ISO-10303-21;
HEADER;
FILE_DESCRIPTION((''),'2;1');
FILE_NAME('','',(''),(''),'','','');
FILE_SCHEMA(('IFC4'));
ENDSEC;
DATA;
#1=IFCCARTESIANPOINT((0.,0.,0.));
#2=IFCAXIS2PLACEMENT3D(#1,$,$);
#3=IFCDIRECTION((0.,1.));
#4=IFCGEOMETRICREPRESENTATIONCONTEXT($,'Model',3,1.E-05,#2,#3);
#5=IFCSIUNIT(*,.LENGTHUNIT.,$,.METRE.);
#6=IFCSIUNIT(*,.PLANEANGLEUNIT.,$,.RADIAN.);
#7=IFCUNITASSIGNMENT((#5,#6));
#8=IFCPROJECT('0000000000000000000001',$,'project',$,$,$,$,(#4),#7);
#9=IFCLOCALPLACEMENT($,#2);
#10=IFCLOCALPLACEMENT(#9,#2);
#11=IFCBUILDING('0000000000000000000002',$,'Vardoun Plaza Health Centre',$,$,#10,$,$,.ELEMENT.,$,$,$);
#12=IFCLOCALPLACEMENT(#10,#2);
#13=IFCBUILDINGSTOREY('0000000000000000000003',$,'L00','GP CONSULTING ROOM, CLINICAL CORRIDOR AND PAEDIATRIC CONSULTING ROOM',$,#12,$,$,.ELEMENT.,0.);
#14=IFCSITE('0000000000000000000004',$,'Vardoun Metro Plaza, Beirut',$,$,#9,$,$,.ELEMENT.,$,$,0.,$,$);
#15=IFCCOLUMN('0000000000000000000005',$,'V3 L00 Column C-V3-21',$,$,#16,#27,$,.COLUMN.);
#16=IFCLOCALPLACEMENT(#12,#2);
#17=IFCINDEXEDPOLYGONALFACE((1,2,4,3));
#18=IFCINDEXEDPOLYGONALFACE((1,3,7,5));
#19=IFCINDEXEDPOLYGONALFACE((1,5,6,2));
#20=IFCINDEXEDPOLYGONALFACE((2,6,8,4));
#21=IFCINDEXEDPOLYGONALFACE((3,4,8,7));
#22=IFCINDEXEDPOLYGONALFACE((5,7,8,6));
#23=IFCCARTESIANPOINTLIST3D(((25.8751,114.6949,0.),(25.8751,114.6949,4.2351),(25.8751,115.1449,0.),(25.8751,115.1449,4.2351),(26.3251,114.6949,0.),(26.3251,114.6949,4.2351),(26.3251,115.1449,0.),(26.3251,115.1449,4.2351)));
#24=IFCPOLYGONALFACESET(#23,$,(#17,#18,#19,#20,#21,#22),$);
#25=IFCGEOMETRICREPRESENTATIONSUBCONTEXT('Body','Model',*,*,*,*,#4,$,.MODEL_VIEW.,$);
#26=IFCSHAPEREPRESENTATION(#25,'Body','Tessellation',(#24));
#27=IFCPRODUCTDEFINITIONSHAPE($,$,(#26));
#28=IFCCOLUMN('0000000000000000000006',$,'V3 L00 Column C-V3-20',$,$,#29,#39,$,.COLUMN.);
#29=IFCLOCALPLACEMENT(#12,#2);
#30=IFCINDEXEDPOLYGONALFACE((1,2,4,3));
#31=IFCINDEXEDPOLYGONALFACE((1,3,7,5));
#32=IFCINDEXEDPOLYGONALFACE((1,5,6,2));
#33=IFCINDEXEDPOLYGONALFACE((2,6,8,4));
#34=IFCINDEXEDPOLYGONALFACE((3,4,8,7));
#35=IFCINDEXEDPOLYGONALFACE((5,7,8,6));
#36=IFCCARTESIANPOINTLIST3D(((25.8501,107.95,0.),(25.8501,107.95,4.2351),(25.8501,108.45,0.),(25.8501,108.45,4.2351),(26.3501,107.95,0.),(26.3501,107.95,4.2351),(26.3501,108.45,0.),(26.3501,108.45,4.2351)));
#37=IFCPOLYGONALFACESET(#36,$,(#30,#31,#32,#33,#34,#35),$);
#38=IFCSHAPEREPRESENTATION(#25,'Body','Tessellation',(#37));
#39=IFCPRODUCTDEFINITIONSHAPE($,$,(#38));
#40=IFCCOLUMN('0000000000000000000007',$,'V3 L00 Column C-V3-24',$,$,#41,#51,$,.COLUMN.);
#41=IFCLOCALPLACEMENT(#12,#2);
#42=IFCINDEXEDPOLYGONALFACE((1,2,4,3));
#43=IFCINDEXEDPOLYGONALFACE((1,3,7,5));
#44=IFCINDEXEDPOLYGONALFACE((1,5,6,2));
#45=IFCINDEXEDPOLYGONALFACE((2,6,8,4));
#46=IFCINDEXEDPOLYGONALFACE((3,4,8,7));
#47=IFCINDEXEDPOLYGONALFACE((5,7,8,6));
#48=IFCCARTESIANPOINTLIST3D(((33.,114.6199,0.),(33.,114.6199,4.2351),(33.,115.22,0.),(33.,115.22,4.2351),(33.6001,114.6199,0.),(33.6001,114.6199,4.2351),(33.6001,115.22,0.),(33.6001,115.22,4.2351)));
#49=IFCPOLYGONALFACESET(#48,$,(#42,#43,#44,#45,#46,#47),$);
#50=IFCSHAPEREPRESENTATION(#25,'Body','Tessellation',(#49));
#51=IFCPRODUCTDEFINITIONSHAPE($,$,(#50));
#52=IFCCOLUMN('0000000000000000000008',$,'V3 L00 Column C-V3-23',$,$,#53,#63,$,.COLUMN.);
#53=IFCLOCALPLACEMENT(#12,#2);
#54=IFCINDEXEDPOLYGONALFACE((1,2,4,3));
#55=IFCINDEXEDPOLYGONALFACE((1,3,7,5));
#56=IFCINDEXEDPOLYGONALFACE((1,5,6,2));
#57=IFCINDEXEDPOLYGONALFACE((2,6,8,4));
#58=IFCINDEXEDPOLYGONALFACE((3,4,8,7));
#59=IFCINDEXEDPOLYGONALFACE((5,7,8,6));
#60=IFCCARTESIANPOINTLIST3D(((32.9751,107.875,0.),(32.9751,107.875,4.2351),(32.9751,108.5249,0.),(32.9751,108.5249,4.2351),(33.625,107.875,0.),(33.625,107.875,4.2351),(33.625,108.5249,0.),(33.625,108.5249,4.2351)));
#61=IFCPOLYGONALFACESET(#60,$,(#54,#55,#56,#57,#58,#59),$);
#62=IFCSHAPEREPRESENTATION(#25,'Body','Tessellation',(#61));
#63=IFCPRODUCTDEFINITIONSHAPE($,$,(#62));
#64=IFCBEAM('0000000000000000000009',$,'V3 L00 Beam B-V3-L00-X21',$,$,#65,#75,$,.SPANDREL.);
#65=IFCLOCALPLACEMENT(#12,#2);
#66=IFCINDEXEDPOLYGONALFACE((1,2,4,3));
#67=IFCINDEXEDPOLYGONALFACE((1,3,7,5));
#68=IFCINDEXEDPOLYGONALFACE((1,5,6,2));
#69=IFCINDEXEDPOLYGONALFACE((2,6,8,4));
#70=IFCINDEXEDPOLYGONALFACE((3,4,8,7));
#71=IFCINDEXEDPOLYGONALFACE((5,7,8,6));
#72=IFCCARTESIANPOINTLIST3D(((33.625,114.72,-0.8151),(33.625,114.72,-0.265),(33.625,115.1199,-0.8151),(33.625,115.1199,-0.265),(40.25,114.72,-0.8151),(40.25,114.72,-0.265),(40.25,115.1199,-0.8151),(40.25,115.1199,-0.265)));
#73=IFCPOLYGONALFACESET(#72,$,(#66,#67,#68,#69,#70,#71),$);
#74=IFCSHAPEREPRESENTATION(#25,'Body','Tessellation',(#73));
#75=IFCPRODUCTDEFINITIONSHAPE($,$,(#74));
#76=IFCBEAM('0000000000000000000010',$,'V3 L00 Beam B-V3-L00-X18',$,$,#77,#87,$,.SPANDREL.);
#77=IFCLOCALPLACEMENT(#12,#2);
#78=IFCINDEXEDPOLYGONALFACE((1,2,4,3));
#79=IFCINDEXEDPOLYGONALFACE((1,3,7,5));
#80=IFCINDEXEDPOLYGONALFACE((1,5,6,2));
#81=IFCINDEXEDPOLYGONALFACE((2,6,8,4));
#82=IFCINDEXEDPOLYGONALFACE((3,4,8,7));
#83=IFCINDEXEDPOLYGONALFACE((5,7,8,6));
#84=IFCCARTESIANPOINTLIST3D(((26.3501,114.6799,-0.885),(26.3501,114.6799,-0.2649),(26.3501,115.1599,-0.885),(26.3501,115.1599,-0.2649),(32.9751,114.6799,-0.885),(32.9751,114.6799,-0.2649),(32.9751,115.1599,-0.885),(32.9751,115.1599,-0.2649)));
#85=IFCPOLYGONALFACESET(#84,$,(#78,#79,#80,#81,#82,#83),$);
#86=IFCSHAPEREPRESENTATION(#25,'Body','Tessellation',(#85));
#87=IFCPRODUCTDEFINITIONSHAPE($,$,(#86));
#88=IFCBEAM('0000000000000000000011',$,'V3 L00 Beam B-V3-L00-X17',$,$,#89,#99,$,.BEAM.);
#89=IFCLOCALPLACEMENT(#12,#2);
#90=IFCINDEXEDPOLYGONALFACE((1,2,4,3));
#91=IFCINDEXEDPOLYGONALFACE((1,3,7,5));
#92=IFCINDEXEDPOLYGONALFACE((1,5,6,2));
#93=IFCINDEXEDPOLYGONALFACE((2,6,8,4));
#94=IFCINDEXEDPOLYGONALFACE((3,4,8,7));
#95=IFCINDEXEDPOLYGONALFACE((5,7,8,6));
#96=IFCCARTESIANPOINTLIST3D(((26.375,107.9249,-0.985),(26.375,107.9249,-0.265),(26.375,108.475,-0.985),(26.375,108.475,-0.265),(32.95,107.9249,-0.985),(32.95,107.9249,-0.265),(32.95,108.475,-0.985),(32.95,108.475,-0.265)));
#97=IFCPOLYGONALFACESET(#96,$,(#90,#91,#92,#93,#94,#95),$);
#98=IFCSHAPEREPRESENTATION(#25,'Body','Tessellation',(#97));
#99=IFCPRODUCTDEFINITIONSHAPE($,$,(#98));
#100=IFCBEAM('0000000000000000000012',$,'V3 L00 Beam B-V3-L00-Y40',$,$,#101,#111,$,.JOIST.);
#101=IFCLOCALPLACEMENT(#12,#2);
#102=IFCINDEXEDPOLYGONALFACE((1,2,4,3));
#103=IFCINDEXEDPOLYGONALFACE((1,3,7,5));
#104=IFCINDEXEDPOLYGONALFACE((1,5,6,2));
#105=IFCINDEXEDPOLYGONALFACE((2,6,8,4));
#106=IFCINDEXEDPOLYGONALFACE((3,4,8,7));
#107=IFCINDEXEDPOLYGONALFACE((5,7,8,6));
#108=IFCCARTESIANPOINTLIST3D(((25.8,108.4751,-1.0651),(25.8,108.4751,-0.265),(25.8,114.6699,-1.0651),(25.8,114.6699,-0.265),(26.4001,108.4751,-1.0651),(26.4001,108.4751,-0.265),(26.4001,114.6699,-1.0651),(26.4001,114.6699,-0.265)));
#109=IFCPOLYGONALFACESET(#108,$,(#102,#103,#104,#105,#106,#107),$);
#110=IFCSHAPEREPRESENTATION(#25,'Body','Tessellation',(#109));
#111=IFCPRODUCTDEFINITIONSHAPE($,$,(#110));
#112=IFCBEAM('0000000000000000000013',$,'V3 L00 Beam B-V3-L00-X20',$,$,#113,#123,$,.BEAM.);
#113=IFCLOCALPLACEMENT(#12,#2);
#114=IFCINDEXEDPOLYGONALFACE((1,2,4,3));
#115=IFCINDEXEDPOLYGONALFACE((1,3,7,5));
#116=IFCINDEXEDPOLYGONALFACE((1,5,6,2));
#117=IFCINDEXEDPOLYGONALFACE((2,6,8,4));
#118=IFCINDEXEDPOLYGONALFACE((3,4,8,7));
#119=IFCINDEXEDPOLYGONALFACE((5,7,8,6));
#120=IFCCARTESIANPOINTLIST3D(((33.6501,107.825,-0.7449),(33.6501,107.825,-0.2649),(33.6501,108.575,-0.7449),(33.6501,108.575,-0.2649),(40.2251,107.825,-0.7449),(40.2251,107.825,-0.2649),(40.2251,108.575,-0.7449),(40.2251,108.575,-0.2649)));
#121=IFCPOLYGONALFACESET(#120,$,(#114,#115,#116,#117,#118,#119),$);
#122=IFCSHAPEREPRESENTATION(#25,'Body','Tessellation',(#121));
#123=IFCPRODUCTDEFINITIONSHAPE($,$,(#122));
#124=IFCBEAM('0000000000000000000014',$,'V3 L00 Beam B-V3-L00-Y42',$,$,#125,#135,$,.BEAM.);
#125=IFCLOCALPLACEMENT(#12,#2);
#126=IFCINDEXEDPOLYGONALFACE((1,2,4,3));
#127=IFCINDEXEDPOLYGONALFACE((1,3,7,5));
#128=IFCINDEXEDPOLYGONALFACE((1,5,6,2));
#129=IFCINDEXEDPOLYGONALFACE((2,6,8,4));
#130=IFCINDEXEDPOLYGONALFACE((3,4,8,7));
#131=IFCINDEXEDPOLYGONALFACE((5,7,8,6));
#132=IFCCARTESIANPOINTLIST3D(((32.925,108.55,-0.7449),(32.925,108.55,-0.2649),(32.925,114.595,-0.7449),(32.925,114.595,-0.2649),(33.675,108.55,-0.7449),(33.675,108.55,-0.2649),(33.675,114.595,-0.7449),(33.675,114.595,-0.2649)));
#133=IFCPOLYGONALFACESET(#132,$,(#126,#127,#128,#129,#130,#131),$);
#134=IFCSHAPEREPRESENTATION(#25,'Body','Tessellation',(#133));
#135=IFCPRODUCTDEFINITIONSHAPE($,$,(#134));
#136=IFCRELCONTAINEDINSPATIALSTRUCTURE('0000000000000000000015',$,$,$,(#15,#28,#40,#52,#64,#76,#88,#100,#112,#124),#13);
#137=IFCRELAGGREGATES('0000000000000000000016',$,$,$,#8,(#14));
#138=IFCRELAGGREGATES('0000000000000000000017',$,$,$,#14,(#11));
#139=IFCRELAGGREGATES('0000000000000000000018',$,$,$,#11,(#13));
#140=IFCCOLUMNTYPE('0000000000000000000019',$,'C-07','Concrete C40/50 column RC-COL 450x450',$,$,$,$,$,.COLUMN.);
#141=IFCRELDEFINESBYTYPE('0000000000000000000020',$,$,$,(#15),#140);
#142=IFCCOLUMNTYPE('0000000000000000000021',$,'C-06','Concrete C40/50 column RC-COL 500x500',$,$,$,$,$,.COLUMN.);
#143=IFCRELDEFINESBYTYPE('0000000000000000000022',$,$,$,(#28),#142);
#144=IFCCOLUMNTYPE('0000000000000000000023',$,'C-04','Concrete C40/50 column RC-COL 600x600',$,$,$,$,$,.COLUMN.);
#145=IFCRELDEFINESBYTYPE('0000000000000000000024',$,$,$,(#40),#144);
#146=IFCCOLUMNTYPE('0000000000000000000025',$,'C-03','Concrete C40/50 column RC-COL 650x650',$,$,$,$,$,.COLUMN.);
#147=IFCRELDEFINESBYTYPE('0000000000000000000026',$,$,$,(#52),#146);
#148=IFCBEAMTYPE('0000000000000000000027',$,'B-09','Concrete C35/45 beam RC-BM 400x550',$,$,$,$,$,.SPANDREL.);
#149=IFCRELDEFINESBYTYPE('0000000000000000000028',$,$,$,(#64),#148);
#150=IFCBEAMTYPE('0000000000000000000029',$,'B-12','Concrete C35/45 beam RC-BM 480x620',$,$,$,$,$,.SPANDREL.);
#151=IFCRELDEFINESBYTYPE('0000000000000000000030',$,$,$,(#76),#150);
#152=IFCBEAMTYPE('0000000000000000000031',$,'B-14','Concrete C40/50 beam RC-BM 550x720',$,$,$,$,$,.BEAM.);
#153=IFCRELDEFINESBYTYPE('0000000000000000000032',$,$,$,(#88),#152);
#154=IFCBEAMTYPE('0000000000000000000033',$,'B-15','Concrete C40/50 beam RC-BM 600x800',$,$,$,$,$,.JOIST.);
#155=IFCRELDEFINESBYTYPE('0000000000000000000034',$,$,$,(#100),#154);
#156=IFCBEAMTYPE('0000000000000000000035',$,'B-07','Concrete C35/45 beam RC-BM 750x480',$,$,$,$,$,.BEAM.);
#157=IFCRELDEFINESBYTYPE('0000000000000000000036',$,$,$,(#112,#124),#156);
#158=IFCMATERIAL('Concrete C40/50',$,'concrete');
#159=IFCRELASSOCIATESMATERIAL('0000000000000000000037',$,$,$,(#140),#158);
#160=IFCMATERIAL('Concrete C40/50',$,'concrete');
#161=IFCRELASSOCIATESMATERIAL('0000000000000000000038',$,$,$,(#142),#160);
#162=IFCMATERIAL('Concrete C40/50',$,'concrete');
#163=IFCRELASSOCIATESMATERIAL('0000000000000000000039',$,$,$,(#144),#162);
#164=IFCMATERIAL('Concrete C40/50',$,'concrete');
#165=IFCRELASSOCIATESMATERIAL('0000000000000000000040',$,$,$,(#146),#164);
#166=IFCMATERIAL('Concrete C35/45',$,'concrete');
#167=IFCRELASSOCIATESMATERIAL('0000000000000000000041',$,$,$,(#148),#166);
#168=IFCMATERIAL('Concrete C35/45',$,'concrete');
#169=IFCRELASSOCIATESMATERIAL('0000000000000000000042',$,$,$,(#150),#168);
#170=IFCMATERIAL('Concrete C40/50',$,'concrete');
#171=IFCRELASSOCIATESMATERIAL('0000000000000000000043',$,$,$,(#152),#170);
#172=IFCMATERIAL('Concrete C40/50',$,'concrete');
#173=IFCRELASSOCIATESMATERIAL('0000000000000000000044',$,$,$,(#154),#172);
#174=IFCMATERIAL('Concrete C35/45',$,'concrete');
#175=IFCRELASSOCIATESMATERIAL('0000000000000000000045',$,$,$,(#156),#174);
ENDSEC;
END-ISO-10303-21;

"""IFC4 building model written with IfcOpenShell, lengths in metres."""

from ifc_helpers import new_model, si_unit, direction, frame, origin, origin_2d, place, context, subcontext, project, spatial, rectangle, extrude, material, material_profile, profile_set, type_object, element, save


model = new_model("IFC4")

# Units and contexts
model_context = context("Model", 3, precision=1e-05, world=origin(), true_north=direction((0.0, 1.0)))
body_context = subcontext(model_context, "Body", "Model", "MODEL_VIEW")
ifc_project = project(units=[si_unit("LENGTHUNIT", "METRE"), si_unit("PLANEANGLEUNIT", "RADIAN")], contexts=[model_context])

# Site, building, storey
site_placement = place(None, origin())
site = spatial("IfcSite", under=ifc_project, at=site_placement, Name="Vardoun Metro Plaza, Beirut", CompositionType="ELEMENT", RefElevation=0.0)
building_placement = place(site_placement, origin())
building = spatial("IfcBuilding", under=site, at=building_placement, Name="Vardoun Plaza Health Centre", CompositionType="ELEMENT")
storey_placement = place(building_placement, origin())
storey = spatial("IfcBuildingStorey", under=building, at=storey_placement, Name="L00", Description="GP CONSULTING ROOM, CLINICAL CORRIDOR AND PAEDIATRIC CONSULTING ROOM", CompositionType="ELEMENT", Elevation=0.0)

# Columns
ifc_material_1 = material(Name="Concrete C40/50", Category="concrete")
ifc_material_profile_1 = material_profile(ifc_material_1, rectangle(XDim=0.45, YDim=0.45, at=origin_2d()), Name="RC-COL 450x450")
ifc_profile_set_1 = profile_set([ifc_material_profile_1], Name="Concrete C40/50")
column_type_1 = type_object("IfcColumnType", Name="C-07", Description="Concrete C40/50 column RC-COL 450x450", PredefinedType="COLUMN", material=ifc_profile_set_1)
column_1_placement = place(storey_placement, frame((26.1001, 114.9199, 0.0), z_axis=(0.0, 0.0, 1.0), x_axis=(1.0, 0.0, 0.0)))
element("IfcColumn", 1, at=column_1_placement, inside=storey, type_object=column_type_1, Name="V3 L00 Column C-V3-21", PredefinedType="COLUMN", context=body_context, shape_type="SweptSolid", body=[
    extrude(rectangle(XDim=0.45, YDim=0.45, at=origin_2d()), origin(), (0.0, 0.0, 1.0), 4.2351),
])
ifc_material_2 = material(Name="Concrete C40/50", Category="concrete")
ifc_material_profile_2 = material_profile(ifc_material_2, rectangle(XDim=0.5, YDim=0.5, at=origin_2d()), Name="RC-COL 500x500")
ifc_profile_set_2 = profile_set([ifc_material_profile_2], Name="Concrete C40/50")
column_type_2 = type_object("IfcColumnType", Name="C-06", Description="Concrete C40/50 column RC-COL 500x500", PredefinedType="COLUMN", material=ifc_profile_set_2)
column_2_placement = place(storey_placement, frame((26.1001, 108.2, 0.0), z_axis=(0.0, 0.0, 1.0), x_axis=(1.0, 0.0, 0.0)))
element("IfcColumn", 2, at=column_2_placement, inside=storey, type_object=column_type_2, Name="V3 L00 Column C-V3-20", PredefinedType="COLUMN", context=body_context, shape_type="SweptSolid", body=[
    extrude(rectangle(XDim=0.5, YDim=0.5, at=origin_2d()), origin(), (0.0, 0.0, 1.0), 4.2351),
])
ifc_material_3 = material(Name="Concrete C40/50", Category="concrete")
ifc_material_profile_3 = material_profile(ifc_material_3, rectangle(XDim=0.6001, YDim=0.6001, at=origin_2d()), Name="RC-COL 600x600")
ifc_profile_set_3 = profile_set([ifc_material_profile_3], Name="Concrete C40/50")
column_type_3 = type_object("IfcColumnType", Name="C-04", Description="Concrete C40/50 column RC-COL 600x600", PredefinedType="COLUMN", material=ifc_profile_set_3)
column_3_placement = place(storey_placement, frame((33.3, 114.9199, 0.0), z_axis=(0.0, 0.0, 1.0), x_axis=(1.0, 0.0, 0.0)))
element("IfcColumn", 3, at=column_3_placement, inside=storey, type_object=column_type_3, Name="V3 L00 Column C-V3-24", PredefinedType="COLUMN", context=body_context, shape_type="SweptSolid", body=[
    extrude(rectangle(XDim=0.6001, YDim=0.6001, at=origin_2d()), origin(), (0.0, 0.0, 1.0), 4.2351),
])
ifc_material_4 = material(Name="Concrete C40/50", Category="concrete")
ifc_material_profile_4 = material_profile(ifc_material_4, rectangle(XDim=0.6499, YDim=0.6499, at=origin_2d()), Name="RC-COL 650x650")
ifc_profile_set_4 = profile_set([ifc_material_profile_4], Name="Concrete C40/50")
column_type_4 = type_object("IfcColumnType", Name="C-03", Description="Concrete C40/50 column RC-COL 650x650", PredefinedType="COLUMN", material=ifc_profile_set_4)
column_4_placement = place(storey_placement, frame((33.3, 108.2, 0.0), z_axis=(0.0, 0.0, 1.0), x_axis=(1.0, 0.0, 0.0)))
element("IfcColumn", 4, at=column_4_placement, inside=storey, type_object=column_type_4, Name="V3 L00 Column C-V3-23", PredefinedType="COLUMN", context=body_context, shape_type="SweptSolid", body=[
    extrude(rectangle(XDim=0.6499, YDim=0.6499, at=origin_2d()), origin(), (0.0, 0.0, 1.0), 4.2351),
])

# Beams
ifc_material_5 = material(Name="Concrete C35/45", Category="concrete")
ifc_material_profile_5 = material_profile(ifc_material_5, rectangle(XDim=0.3999, YDim=0.55, at=origin_2d()), Name="RC-BM 400x550")
ifc_profile_set_5 = profile_set([ifc_material_profile_5], Name="Concrete C35/45")
beam_type_1 = type_object("IfcBeamType", Name="B-09", Description="Concrete C35/45 beam RC-BM 400x550", PredefinedType="SPANDREL", material=ifc_profile_set_5)
beam_1_placement = place(storey_placement, frame((33.625, 114.9199, -0.54), z_axis=(1.0, 0.0, 0.0), x_axis=(0.0, 1.0, 0.0)))
element("IfcBeam", 5, at=beam_1_placement, inside=storey, type_object=beam_type_1, Name="V3 L00 Beam B-V3-L00-X21", PredefinedType="SPANDREL", context=body_context, shape_type="SweptSolid", body=[
    extrude(rectangle(XDim=0.3999, YDim=0.55, at=origin_2d()), origin(), (0.0, 0.0, 1.0), 6.625),
])
ifc_material_6 = material(Name="Concrete C35/45", Category="concrete")
ifc_material_profile_6 = material_profile(ifc_material_6, rectangle(XDim=0.48, YDim=0.6201, at=origin_2d()), Name="RC-BM 480x620")
ifc_profile_set_6 = profile_set([ifc_material_profile_6], Name="Concrete C35/45")
beam_type_2 = type_object("IfcBeamType", Name="B-12", Description="Concrete C35/45 beam RC-BM 480x620", PredefinedType="SPANDREL", material=ifc_profile_set_6)
beam_2_placement = place(storey_placement, frame((26.3501, 114.9199, -0.575), z_axis=(1.0, 0.0, 0.0), x_axis=(0.0, 1.0, 0.0)))
element("IfcBeam", 6, at=beam_2_placement, inside=storey, type_object=beam_type_2, Name="V3 L00 Beam B-V3-L00-X18", PredefinedType="SPANDREL", context=body_context, shape_type="SweptSolid", body=[
    extrude(rectangle(XDim=0.48, YDim=0.6201, at=origin_2d()), origin(), (0.0, 0.0, 1.0), 6.625),
])
ifc_material_7 = material(Name="Concrete C40/50", Category="concrete")
ifc_material_profile_7 = material_profile(ifc_material_7, rectangle(XDim=0.55, YDim=0.72, at=origin_2d()), Name="RC-BM 550x720")
ifc_profile_set_7 = profile_set([ifc_material_profile_7], Name="Concrete C40/50")
beam_type_3 = type_object("IfcBeamType", Name="B-14", Description="Concrete C40/50 beam RC-BM 550x720", PredefinedType="BEAM", material=ifc_profile_set_7)
beam_3_placement = place(storey_placement, frame((26.375, 108.2, -0.625), z_axis=(1.0, 0.0, 0.0), x_axis=(0.0, 1.0, 0.0)))
element("IfcBeam", 7, at=beam_3_placement, inside=storey, type_object=beam_type_3, Name="V3 L00 Beam B-V3-L00-X17", PredefinedType="BEAM", context=body_context, shape_type="SweptSolid", body=[
    extrude(rectangle(XDim=0.55, YDim=0.72, at=origin_2d()), origin(), (0.0, 0.0, 1.0), 6.575),
])
ifc_material_8 = material(Name="Concrete C40/50", Category="concrete")
ifc_material_profile_8 = material_profile(ifc_material_8, rectangle(XDim=0.6001, YDim=0.8, at=origin_2d()), Name="RC-BM 600x800")
ifc_profile_set_8 = profile_set([ifc_material_profile_8], Name="Concrete C40/50")
beam_type_4 = type_object("IfcBeamType", Name="B-15", Description="Concrete C40/50 beam RC-BM 600x800", PredefinedType="JOIST", material=ifc_profile_set_8)
beam_4_placement = place(storey_placement, frame((26.1001, 108.4751, -0.665), z_axis=(0.0, 1.0, 0.0), x_axis=(-1.0, 0.0, 0.0)))
element("IfcBeam", 8, at=beam_4_placement, inside=storey, type_object=beam_type_4, Name="V3 L00 Beam B-V3-L00-Y40", PredefinedType="JOIST", context=body_context, shape_type="SweptSolid", body=[
    extrude(rectangle(XDim=0.6001, YDim=0.8, at=origin_2d()), origin(), (0.0, 0.0, 1.0), 6.1948),
])
ifc_material_9 = material(Name="Concrete C35/45", Category="concrete")
ifc_material_profile_9 = material_profile(ifc_material_9, rectangle(XDim=0.75, YDim=0.48, at=origin_2d()), Name="RC-BM 750x480")
ifc_profile_set_9 = profile_set([ifc_material_profile_9], Name="Concrete C35/45")
beam_type_5 = type_object("IfcBeamType", Name="B-07", Description="Concrete C35/45 beam RC-BM 750x480", PredefinedType="BEAM", material=ifc_profile_set_9)
beam_5_placement = place(storey_placement, frame((33.6501, 108.2, -0.5049), z_axis=(1.0, 0.0, 0.0), x_axis=(0.0, 1.0, 0.0)))
element("IfcBeam", 9, at=beam_5_placement, inside=storey, type_object=beam_type_5, Name="V3 L00 Beam B-V3-L00-X20", PredefinedType="BEAM", context=body_context, shape_type="SweptSolid", body=[
    extrude(rectangle(XDim=0.75, YDim=0.48, at=origin_2d()), origin(), (0.0, 0.0, 1.0), 6.575),
])
beam_6_placement = place(storey_placement, frame((33.3, 108.55, -0.5049), z_axis=(0.0, 1.0, 0.0), x_axis=(-1.0, 0.0, 0.0)))
element("IfcBeam", 10, at=beam_6_placement, inside=storey, type_object=beam_type_5, Name="V3 L00 Beam B-V3-L00-Y42", PredefinedType="BEAM", context=body_context, shape_type="SweptSolid", body=[
    extrude(rectangle(XDim=0.75, YDim=0.48, at=origin_2d()), origin(), (0.0, 0.0, 1.0), 6.0449),
])

save(model, "model.ifc")
